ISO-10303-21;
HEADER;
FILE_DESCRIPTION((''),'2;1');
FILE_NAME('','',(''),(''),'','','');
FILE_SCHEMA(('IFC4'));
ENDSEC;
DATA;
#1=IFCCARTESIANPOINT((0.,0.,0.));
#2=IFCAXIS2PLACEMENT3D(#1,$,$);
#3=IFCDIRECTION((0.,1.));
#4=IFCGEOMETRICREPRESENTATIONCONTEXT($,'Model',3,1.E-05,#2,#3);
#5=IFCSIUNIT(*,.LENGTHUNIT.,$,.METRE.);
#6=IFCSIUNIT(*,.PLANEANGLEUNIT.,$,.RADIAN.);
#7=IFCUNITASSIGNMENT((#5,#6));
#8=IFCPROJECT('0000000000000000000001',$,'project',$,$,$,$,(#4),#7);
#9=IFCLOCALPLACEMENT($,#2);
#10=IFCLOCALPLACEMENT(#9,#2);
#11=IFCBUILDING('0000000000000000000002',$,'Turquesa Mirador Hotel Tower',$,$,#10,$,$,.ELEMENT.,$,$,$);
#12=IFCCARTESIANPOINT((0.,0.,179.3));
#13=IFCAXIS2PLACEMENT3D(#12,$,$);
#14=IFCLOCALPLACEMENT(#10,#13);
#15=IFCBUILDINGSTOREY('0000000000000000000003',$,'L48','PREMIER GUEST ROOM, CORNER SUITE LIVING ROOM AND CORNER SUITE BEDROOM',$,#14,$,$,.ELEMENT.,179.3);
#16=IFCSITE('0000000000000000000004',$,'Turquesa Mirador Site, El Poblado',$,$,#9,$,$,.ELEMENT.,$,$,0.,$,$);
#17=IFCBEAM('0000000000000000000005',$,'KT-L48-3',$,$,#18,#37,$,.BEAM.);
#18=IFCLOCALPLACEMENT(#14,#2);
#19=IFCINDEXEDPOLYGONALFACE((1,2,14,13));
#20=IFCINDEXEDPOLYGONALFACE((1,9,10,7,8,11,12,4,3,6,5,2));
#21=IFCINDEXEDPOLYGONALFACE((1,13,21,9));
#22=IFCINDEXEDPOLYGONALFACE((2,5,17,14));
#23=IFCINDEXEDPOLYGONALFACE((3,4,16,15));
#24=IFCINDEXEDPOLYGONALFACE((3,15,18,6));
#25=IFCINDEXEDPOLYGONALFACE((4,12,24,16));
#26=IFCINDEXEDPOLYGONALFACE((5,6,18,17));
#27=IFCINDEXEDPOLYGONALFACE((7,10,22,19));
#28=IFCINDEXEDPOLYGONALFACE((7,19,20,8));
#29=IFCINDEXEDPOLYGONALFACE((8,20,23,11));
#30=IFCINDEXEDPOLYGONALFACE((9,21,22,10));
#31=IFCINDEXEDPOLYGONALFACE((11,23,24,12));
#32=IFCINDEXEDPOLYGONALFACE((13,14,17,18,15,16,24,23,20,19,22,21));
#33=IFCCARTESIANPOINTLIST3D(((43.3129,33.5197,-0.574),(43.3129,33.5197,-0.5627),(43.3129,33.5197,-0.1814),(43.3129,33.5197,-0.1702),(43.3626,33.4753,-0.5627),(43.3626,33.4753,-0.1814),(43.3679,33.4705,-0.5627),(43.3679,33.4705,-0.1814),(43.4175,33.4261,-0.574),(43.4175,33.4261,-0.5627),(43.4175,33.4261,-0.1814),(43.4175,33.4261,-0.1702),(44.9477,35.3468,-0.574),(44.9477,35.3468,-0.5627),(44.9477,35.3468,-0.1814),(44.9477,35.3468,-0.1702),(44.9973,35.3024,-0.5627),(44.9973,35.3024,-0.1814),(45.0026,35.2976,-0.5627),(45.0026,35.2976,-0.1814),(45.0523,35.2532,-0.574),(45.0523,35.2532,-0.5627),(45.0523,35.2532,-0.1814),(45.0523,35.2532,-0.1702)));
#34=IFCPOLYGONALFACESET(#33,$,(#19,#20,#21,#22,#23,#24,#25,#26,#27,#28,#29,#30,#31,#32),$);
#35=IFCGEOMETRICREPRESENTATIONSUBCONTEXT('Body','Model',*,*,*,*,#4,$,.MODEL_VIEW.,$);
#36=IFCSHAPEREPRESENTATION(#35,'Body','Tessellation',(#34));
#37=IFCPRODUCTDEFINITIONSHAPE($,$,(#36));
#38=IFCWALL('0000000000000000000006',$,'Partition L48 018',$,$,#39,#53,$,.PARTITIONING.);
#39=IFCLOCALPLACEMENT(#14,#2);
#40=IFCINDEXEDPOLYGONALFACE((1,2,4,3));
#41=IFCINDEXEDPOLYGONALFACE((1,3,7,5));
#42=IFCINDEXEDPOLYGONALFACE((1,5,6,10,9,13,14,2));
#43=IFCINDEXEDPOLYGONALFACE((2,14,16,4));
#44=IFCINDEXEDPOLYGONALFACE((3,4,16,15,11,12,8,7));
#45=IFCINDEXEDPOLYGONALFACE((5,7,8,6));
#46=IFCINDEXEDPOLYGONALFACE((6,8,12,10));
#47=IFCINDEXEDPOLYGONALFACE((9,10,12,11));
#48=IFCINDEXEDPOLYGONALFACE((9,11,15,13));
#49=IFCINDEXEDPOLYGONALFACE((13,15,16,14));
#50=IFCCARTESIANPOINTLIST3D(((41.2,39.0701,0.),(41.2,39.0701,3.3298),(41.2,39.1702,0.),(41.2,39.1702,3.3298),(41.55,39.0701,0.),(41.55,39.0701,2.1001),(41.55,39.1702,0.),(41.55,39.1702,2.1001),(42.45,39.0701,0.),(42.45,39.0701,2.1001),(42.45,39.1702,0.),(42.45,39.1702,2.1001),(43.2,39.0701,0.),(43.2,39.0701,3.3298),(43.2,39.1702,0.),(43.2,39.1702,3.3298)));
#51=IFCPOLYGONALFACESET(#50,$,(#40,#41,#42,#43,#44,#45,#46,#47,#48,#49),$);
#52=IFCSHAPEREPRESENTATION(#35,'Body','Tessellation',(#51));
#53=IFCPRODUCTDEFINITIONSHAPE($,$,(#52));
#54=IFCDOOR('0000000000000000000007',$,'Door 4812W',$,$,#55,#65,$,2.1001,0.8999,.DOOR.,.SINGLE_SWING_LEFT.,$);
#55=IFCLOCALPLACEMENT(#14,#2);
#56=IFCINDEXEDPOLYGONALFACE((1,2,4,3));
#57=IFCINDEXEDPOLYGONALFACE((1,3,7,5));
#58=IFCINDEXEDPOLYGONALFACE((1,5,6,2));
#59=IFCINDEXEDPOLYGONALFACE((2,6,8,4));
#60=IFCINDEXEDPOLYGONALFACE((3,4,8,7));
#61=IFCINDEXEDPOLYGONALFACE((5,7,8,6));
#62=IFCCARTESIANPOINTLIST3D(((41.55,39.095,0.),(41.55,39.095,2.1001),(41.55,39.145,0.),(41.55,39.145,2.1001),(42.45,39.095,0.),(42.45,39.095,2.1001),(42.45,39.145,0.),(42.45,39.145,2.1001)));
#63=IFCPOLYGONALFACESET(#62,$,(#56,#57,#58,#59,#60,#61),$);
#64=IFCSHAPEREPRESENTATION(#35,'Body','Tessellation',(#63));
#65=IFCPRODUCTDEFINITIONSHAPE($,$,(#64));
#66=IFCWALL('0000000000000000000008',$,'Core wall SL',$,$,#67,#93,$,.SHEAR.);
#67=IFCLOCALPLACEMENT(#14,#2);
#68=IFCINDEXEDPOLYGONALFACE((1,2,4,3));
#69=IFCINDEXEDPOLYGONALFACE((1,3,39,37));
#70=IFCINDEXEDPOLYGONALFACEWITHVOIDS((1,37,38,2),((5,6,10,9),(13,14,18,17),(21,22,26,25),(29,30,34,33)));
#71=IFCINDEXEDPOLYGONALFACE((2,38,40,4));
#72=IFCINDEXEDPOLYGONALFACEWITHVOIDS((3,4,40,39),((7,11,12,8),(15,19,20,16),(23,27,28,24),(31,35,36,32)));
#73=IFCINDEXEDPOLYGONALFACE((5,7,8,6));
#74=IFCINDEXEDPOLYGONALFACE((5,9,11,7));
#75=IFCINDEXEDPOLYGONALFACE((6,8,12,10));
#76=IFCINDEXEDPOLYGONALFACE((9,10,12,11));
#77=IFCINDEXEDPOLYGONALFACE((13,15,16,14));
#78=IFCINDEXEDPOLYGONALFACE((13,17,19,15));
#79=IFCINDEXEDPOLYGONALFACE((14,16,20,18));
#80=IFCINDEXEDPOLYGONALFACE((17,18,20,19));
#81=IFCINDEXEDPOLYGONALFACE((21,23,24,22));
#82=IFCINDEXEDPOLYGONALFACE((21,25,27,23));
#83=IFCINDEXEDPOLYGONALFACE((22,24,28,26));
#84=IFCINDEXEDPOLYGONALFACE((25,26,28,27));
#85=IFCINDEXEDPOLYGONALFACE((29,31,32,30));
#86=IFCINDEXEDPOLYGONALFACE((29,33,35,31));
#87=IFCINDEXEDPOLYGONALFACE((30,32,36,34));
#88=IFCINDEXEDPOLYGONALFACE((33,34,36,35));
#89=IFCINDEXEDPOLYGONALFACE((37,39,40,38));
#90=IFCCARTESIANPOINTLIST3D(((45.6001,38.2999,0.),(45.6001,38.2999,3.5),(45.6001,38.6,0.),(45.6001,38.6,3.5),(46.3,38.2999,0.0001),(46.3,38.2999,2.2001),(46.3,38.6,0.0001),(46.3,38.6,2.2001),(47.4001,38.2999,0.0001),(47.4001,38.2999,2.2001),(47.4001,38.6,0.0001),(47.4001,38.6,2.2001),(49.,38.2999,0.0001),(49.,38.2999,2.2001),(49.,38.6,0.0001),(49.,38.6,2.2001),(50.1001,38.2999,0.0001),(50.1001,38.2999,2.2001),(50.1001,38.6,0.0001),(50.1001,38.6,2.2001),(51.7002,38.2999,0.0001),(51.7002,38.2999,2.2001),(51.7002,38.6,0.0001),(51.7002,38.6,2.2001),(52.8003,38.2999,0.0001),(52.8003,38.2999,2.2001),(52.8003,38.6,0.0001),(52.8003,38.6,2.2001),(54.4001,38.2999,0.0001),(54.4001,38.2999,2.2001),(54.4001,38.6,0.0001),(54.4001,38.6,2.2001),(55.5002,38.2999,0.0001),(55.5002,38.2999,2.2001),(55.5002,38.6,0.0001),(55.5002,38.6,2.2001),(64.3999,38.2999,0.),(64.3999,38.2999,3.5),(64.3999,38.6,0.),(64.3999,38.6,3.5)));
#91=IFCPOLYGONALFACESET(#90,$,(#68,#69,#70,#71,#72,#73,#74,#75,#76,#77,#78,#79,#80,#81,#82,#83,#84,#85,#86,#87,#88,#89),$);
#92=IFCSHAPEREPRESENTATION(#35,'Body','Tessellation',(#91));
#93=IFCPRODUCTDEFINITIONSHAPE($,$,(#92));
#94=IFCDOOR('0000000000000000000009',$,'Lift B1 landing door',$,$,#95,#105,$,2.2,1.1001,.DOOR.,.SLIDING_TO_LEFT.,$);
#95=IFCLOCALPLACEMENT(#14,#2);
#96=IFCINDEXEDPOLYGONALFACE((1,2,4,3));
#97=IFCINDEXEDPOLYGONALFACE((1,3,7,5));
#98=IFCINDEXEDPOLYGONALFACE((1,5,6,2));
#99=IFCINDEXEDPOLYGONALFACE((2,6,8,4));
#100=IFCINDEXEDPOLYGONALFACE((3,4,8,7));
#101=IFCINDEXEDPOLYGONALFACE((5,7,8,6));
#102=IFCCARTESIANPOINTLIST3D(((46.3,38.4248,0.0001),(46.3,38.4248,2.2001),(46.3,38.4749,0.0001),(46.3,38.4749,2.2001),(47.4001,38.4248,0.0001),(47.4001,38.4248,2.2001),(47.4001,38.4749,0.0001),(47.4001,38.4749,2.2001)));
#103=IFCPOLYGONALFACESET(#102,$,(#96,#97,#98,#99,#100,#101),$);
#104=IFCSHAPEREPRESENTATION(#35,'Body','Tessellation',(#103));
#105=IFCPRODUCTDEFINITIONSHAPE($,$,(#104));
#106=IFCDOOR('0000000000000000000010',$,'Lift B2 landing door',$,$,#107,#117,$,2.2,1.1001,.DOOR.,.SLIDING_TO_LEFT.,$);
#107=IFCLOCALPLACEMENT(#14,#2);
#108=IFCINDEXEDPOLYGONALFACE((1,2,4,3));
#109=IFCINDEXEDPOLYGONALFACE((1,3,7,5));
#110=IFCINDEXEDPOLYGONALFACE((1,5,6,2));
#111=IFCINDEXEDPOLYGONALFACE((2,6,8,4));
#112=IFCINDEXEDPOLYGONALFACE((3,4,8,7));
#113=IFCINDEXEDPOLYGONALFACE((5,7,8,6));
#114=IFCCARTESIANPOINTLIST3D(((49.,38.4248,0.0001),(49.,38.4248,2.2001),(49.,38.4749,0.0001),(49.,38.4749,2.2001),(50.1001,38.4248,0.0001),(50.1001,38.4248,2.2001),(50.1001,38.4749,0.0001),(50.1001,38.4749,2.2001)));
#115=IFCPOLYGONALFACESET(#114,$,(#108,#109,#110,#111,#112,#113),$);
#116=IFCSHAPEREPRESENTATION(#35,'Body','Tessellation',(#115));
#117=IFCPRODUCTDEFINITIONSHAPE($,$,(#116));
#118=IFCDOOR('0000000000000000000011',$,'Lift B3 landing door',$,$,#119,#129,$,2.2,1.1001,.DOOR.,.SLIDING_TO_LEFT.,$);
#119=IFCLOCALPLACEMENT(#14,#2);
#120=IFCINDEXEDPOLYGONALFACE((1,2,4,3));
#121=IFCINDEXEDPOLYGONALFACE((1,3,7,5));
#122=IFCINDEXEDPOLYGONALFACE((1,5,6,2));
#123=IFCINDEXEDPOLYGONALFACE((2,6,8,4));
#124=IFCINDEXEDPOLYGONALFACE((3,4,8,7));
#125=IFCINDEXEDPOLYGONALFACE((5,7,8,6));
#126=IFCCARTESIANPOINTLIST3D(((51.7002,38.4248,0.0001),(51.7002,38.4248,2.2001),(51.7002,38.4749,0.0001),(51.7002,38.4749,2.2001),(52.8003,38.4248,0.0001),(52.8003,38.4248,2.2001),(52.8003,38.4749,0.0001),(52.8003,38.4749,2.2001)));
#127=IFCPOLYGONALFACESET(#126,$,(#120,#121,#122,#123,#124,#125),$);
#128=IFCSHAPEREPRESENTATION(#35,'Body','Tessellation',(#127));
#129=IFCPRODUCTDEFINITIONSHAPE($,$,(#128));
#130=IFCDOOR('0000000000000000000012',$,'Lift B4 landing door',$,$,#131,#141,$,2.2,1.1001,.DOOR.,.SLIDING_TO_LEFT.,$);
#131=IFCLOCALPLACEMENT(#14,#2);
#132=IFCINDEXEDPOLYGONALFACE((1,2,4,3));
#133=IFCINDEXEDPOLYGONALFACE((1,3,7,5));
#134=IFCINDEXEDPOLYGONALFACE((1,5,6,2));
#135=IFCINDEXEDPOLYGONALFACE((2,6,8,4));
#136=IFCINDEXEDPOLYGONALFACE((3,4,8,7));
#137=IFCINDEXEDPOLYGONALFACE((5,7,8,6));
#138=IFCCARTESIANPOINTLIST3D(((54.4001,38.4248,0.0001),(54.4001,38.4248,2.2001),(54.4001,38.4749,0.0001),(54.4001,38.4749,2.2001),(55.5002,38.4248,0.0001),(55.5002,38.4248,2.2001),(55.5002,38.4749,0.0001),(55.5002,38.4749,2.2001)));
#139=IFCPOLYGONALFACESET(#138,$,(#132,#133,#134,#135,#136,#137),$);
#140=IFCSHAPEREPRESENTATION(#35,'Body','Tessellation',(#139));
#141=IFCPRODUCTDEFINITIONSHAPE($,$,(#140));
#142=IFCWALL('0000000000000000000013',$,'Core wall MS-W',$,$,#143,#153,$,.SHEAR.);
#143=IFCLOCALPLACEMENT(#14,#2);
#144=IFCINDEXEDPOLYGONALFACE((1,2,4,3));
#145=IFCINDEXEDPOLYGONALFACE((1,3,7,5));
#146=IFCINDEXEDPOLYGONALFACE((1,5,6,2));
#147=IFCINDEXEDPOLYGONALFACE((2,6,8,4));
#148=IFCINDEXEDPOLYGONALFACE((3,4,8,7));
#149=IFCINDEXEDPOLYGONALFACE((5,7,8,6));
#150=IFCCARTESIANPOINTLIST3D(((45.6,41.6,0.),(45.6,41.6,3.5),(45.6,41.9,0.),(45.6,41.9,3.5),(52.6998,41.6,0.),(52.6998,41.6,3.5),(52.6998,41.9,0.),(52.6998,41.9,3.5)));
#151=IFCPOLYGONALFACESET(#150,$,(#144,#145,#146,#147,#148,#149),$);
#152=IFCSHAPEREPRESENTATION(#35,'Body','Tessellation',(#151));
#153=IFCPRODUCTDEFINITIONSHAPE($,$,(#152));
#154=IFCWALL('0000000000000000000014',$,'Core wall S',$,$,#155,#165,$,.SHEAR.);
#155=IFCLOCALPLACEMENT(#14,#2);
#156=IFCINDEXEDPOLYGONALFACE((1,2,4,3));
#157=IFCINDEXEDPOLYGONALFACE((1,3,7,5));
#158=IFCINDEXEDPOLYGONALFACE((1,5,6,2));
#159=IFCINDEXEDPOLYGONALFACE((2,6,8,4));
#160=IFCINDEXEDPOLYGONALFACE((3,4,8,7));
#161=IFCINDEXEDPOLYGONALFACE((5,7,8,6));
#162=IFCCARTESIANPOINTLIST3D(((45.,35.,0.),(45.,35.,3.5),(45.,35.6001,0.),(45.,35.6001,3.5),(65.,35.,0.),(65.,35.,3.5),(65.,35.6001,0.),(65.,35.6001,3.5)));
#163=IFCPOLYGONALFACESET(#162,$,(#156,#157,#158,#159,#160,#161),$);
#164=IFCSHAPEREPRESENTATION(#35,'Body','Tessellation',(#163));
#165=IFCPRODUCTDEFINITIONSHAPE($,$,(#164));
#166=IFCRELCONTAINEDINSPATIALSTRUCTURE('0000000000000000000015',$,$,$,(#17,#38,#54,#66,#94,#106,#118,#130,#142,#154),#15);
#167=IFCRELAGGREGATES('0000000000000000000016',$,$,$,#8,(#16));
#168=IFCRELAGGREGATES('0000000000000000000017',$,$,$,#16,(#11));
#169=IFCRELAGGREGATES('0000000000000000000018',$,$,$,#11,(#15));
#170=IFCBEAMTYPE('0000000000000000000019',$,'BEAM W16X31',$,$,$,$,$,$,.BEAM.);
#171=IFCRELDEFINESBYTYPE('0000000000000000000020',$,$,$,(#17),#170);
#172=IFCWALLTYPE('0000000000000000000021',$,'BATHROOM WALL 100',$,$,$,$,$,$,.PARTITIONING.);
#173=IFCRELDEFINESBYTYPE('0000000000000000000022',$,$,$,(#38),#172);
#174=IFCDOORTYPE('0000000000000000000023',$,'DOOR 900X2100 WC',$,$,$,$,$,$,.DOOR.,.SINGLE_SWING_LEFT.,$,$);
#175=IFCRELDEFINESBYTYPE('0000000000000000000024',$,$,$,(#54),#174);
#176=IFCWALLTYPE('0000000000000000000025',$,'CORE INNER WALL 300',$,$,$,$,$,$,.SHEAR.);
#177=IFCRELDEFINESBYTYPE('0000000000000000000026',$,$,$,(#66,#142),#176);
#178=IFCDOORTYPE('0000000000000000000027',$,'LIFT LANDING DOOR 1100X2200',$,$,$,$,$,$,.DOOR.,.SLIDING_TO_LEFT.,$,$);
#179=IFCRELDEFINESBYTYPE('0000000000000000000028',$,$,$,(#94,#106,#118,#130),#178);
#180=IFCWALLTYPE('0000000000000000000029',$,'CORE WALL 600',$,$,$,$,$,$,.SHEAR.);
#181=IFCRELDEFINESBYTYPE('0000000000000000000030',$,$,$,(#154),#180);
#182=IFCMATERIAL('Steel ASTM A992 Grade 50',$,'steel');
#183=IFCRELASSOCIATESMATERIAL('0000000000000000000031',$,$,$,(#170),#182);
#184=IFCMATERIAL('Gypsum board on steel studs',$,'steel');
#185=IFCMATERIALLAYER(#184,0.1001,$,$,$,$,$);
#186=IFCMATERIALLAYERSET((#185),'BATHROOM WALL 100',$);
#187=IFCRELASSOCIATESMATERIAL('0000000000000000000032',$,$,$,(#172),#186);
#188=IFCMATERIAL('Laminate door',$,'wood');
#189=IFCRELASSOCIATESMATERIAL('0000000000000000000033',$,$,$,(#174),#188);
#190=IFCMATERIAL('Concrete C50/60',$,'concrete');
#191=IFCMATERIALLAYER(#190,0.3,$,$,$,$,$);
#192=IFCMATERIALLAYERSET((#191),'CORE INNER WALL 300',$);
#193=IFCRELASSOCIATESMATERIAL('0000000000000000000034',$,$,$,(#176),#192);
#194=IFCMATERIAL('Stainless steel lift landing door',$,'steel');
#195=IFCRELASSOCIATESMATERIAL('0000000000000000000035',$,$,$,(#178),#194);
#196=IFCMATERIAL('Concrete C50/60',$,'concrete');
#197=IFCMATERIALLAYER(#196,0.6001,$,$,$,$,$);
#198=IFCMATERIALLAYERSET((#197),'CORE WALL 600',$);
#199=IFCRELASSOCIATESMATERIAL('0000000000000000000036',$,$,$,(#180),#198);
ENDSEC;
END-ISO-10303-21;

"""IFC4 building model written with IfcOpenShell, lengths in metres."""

from ifc_helpers import new_model, si_unit, direction, frame, frame_2d, origin, origin_2d, place, context, subcontext, project, spatial, rectangle, i_section, extrude, material, layer, layer_set, material_profile, profile_set, type_object, element, fill, save


model = new_model("IFC4")

# Units and contexts
model_context = context("Model", 3, precision=1e-05, world=origin(), true_north=direction((0.0, 1.0)))
body_context = subcontext(model_context, "Body", "Model", "MODEL_VIEW")
ifc_project = project(units=[si_unit("LENGTHUNIT", "METRE"), si_unit("PLANEANGLEUNIT", "RADIAN")], contexts=[model_context])

# Site, building, storey
site_placement = place(None, origin())
site = spatial("IfcSite", under=ifc_project, at=site_placement, Name="Turquesa Mirador Site, El Poblado", CompositionType="ELEMENT", RefElevation=0.0)
building_placement = place(site_placement, origin())
building = spatial("IfcBuilding", under=site, at=building_placement, Name="Turquesa Mirador Hotel Tower", CompositionType="ELEMENT")
storey_placement = place(building_placement, frame((0.0, 0.0, 179.3)))
storey = spatial("IfcBuildingStorey", under=building, at=storey_placement, Name="L48", Description="PREMIER GUEST ROOM, CORNER SUITE LIVING ROOM AND CORNER SUITE BEDROOM", CompositionType="ELEMENT", Elevation=179.3)

# Beam
ifc_material_1 = material(Name="Steel ASTM A992 Grade 50", Category="steel")
ifc_material_profile = material_profile(ifc_material_1, i_section(OverallWidth=0.1404, OverallDepth=0.4038, WebThickness=0.0071, FlangeThickness=0.0112, at=origin_2d()), Name="W16X31")
ifc_profile_set = profile_set([ifc_material_profile], Name="Steel ASTM A992 Grade 50")
beam_type = type_object("IfcBeamType", Name="BEAM W16X31", PredefinedType="BEAM", material=ifc_profile_set)
beam_placement = place(storey_placement, frame((43.3652, 33.4729, -0.3721), z_axis=(0.666783, 0.745252, 0.0), x_axis=(-0.745252, 0.666783, 0.0)))
element("IfcBeam", 1, at=beam_placement, inside=storey, type_object=beam_type, Name="KT-L48-3", PredefinedType="BEAM", context=body_context, shape_type="SweptSolid", body=[
    extrude(i_section(OverallWidth=0.1404, OverallDepth=0.4038, WebThickness=0.0071, FlangeThickness=0.0112, at=origin_2d()), origin(), (0.0, 0.0, 1.0), 2.4517),
])

# Wall, opening, door
ifc_material_2 = material(Name="Gypsum board on steel studs", Category="steel")
ifc_layer_1 = layer(ifc_material_2, 0.1001)
ifc_layer_set_1 = layer_set([ifc_layer_1], Name="BATHROOM WALL 100")
wall_type_1 = type_object("IfcWallType", Name="BATHROOM WALL 100", PredefinedType="PARTITIONING", material=ifc_layer_set_1)
wall_1_placement = place(storey_placement, frame((41.2, 39.1201, 0.0), z_axis=(0.0, 0.0, 1.0), x_axis=(1.0, 0.0, 0.0)))
wall_1 = element("IfcWall", 2, at=wall_1_placement, inside=storey, type_object=wall_type_1, Name="Partition L48 018", PredefinedType="PARTITIONING", context=body_context, shape_type="SweptSolid", body=[
    extrude(rectangle(XDim=2.0, YDim=0.1001, at=frame_2d((1.0, 0.0))), origin(), (0.0, 0.0, 1.0), 3.3298),
])
opening_1_placement = place(wall_1_placement, frame((0.3501, 0.0, 0.0)))
opening_1 = element("IfcOpeningElement", 3, at=opening_1_placement, cuts=wall_1, PredefinedType="OPENING", context=body_context, shape_type="SweptSolid", body=[
    extrude(rectangle(XDim=0.8999, YDim=2.1001, at=frame_2d((0.45, 1.05))), frame((0.0, 0.0601, 0.0), z_axis=(0.0, -1.0, 0.0), x_axis=(1.0, 0.0, 0.0)), (0.0, 0.0, 1.0), 0.1201),
])
ifc_material_3 = material(Name="Laminate door", Category="wood")
door_type_1 = type_object("IfcDoorType", Name="DOOR 900X2100 WC", OperationType="SINGLE_SWING_LEFT", PredefinedType="DOOR", material=ifc_material_3)
door_1_placement = place(opening_1_placement, origin())
door_1 = element("IfcDoor", 4, at=door_1_placement, inside=storey, type_object=door_type_1, Name="Door 4812W", OperationType="SINGLE_SWING_LEFT", OverallHeight=2.1001, OverallWidth=0.8999, PredefinedType="DOOR", context=body_context, shape_type="SweptSolid", body=[
    extrude(rectangle(XDim=0.8999, YDim=2.1001, at=frame_2d((0.45, 1.05))), frame((0.0, 0.0249, 0.0), z_axis=(0.0, -1.0, 0.0), x_axis=(1.0, 0.0, 0.0)), (0.0, 0.0, 1.0), 0.05),
])
fill(opening_1, door_1)

# Wall, openings, doors
ifc_material_4 = material(Name="Concrete C50/60", Category="concrete")
ifc_layer_2 = layer(ifc_material_4, 0.3)
ifc_layer_set_2 = layer_set([ifc_layer_2], Name="CORE INNER WALL 300")
wall_type_2 = type_object("IfcWallType", Name="CORE INNER WALL 300", PredefinedType="SHEAR", material=ifc_layer_set_2)
wall_2_placement = place(storey_placement, frame((45.6001, 38.45, 0.0), z_axis=(0.0, 0.0, 1.0), x_axis=(1.0, 0.0, 0.0)))
wall_2 = element("IfcWall", 5, at=wall_2_placement, inside=storey, type_object=wall_type_2, Name="Core wall SL", PredefinedType="SHEAR", context=body_context, shape_type="SweptSolid", body=[
    extrude(rectangle(XDim=18.7998, YDim=0.3, at=frame_2d((9.3999, 0.0))), origin(), (0.0, 0.0, 1.0), 3.5),
])
opening_2_placement = place(wall_2_placement, frame((0.7, 0.0, 0.0)))
opening_2 = element("IfcOpeningElement", 6, at=opening_2_placement, cuts=wall_2, PredefinedType="OPENING", context=body_context, shape_type="SweptSolid", body=[
    extrude(rectangle(XDim=1.1001, YDim=2.2, at=frame_2d((0.55, 1.1001))), frame((0.0, 0.1599, 0.0), z_axis=(0.0, -1.0, 0.0), x_axis=(1.0, 0.0, 0.0)), (0.0, 0.0, 1.0), 0.3201),
])
opening_3_placement = place(wall_2_placement, frame((3.3999, 0.0, 0.0)))
opening_3 = element("IfcOpeningElement", 7, at=opening_3_placement, cuts=wall_2, PredefinedType="OPENING", context=body_context, shape_type="SweptSolid", body=[
    extrude(rectangle(XDim=1.1001, YDim=2.2, at=frame_2d((0.55, 1.1001))), frame((0.0, 0.1599, 0.0), z_axis=(0.0, -1.0, 0.0), x_axis=(1.0, 0.0, 0.0)), (0.0, 0.0, 1.0), 0.3201),
])
opening_4_placement = place(wall_2_placement, frame((6.1001, 0.0, 0.0)))
opening_4 = element("IfcOpeningElement", 8, at=opening_4_placement, cuts=wall_2, PredefinedType="OPENING", context=body_context, shape_type="SweptSolid", body=[
    extrude(rectangle(XDim=1.1001, YDim=2.2, at=frame_2d((0.55, 1.1001))), frame((0.0, 0.1599, 0.0), z_axis=(0.0, -1.0, 0.0), x_axis=(1.0, 0.0, 0.0)), (0.0, 0.0, 1.0), 0.3201),
])
opening_5_placement = place(wall_2_placement, frame((8.8, 0.0, 0.0)))
opening_5 = element("IfcOpeningElement", 9, at=opening_5_placement, cuts=wall_2, PredefinedType="OPENING", context=body_context, shape_type="SweptSolid", body=[
    extrude(rectangle(XDim=1.1001, YDim=2.2, at=frame_2d((0.55, 1.1001))), frame((0.0, 0.1599, 0.0), z_axis=(0.0, -1.0, 0.0), x_axis=(1.0, 0.0, 0.0)), (0.0, 0.0, 1.0), 0.3201),
])
ifc_material_5 = material(Name="Stainless steel lift landing door", Category="steel")
door_type_2 = type_object("IfcDoorType", Name="LIFT LANDING DOOR 1100X2200", OperationType="SLIDING_TO_LEFT", PredefinedType="DOOR", material=ifc_material_5)
door_2_placement = place(opening_2_placement, origin())
door_2 = element("IfcDoor", 10, at=door_2_placement, inside=storey, type_object=door_type_2, Name="Lift B1 landing door", OperationType="SLIDING_TO_LEFT", OverallHeight=2.2, OverallWidth=1.1001, PredefinedType="DOOR", context=body_context, shape_type="SweptSolid", body=[
    extrude(rectangle(XDim=1.1001, YDim=2.2, at=frame_2d((0.55, 1.1001))), frame((0.0, 0.0249, 0.0), z_axis=(0.0, -1.0, 0.0), x_axis=(1.0, 0.0, 0.0)), (0.0, 0.0, 1.0), 0.05),
])
fill(opening_2, door_2)
door_3_placement = place(opening_3_placement, origin())
door_3 = element("IfcDoor", 11, at=door_3_placement, inside=storey, type_object=door_type_2, Name="Lift B2 landing door", OperationType="SLIDING_TO_LEFT", OverallHeight=2.2, OverallWidth=1.1001, PredefinedType="DOOR", context=body_context, shape_type="SweptSolid", body=[
    extrude(rectangle(XDim=1.1001, YDim=2.2, at=frame_2d((0.55, 1.1001))), frame((0.0, 0.0249, 0.0), z_axis=(0.0, -1.0, 0.0), x_axis=(1.0, 0.0, 0.0)), (0.0, 0.0, 1.0), 0.05),
])
fill(opening_3, door_3)
door_4_placement = place(opening_4_placement, origin())
door_4 = element("IfcDoor", 12, at=door_4_placement, inside=storey, type_object=door_type_2, Name="Lift B3 landing door", OperationType="SLIDING_TO_LEFT", OverallHeight=2.2, OverallWidth=1.1001, PredefinedType="DOOR", context=body_context, shape_type="SweptSolid", body=[
    extrude(rectangle(XDim=1.1001, YDim=2.2, at=frame_2d((0.55, 1.1001))), frame((0.0, 0.0249, 0.0), z_axis=(0.0, -1.0, 0.0), x_axis=(1.0, 0.0, 0.0)), (0.0, 0.0, 1.0), 0.05),
])
fill(opening_4, door_4)
door_5_placement = place(opening_5_placement, origin())
door_5 = element("IfcDoor", 13, at=door_5_placement, inside=storey, type_object=door_type_2, Name="Lift B4 landing door", OperationType="SLIDING_TO_LEFT", OverallHeight=2.2, OverallWidth=1.1001, PredefinedType="DOOR", context=body_context, shape_type="SweptSolid", body=[
    extrude(rectangle(XDim=1.1001, YDim=2.2, at=frame_2d((0.55, 1.1001))), frame((0.0, 0.0249, 0.0), z_axis=(0.0, -1.0, 0.0), x_axis=(1.0, 0.0, 0.0)), (0.0, 0.0, 1.0), 0.05),
])
fill(opening_5, door_5)

# Walls
wall_3_placement = place(storey_placement, frame((45.6001, 41.75, 0.0), z_axis=(0.0, 0.0, 1.0), x_axis=(1.0, 0.0, 0.0)))
element("IfcWall", 14, at=wall_3_placement, inside=storey, type_object=wall_type_2, Name="Core wall MS-W", PredefinedType="SHEAR", context=body_context, shape_type="SweptSolid", body=[
    extrude(rectangle(XDim=7.0999, YDim=0.3, at=frame_2d((3.5498, 0.0))), origin(), (0.0, 0.0, 1.0), 3.5),
])
ifc_material_6 = material(Name="Concrete C50/60", Category="concrete")
ifc_layer_3 = layer(ifc_material_6, 0.6001)
ifc_layer_set_3 = layer_set([ifc_layer_3], Name="CORE WALL 600")
wall_type_3 = type_object("IfcWallType", Name="CORE WALL 600", PredefinedType="SHEAR", material=ifc_layer_set_3)
wall_4_placement = place(storey_placement, frame((45.0, 35.3, 0.0), z_axis=(0.0, 0.0, 1.0), x_axis=(1.0, 0.0, 0.0)))
element("IfcWall", 15, at=wall_4_placement, inside=storey, type_object=wall_type_3, Name="Core wall S", PredefinedType="SHEAR", context=body_context, shape_type="SweptSolid", body=[
    extrude(rectangle(XDim=20.0, YDim=0.6001, at=frame_2d((10.0, 0.0))), origin(), (0.0, 0.0, 1.0), 3.5),
])

save(model, "model.ifc")
